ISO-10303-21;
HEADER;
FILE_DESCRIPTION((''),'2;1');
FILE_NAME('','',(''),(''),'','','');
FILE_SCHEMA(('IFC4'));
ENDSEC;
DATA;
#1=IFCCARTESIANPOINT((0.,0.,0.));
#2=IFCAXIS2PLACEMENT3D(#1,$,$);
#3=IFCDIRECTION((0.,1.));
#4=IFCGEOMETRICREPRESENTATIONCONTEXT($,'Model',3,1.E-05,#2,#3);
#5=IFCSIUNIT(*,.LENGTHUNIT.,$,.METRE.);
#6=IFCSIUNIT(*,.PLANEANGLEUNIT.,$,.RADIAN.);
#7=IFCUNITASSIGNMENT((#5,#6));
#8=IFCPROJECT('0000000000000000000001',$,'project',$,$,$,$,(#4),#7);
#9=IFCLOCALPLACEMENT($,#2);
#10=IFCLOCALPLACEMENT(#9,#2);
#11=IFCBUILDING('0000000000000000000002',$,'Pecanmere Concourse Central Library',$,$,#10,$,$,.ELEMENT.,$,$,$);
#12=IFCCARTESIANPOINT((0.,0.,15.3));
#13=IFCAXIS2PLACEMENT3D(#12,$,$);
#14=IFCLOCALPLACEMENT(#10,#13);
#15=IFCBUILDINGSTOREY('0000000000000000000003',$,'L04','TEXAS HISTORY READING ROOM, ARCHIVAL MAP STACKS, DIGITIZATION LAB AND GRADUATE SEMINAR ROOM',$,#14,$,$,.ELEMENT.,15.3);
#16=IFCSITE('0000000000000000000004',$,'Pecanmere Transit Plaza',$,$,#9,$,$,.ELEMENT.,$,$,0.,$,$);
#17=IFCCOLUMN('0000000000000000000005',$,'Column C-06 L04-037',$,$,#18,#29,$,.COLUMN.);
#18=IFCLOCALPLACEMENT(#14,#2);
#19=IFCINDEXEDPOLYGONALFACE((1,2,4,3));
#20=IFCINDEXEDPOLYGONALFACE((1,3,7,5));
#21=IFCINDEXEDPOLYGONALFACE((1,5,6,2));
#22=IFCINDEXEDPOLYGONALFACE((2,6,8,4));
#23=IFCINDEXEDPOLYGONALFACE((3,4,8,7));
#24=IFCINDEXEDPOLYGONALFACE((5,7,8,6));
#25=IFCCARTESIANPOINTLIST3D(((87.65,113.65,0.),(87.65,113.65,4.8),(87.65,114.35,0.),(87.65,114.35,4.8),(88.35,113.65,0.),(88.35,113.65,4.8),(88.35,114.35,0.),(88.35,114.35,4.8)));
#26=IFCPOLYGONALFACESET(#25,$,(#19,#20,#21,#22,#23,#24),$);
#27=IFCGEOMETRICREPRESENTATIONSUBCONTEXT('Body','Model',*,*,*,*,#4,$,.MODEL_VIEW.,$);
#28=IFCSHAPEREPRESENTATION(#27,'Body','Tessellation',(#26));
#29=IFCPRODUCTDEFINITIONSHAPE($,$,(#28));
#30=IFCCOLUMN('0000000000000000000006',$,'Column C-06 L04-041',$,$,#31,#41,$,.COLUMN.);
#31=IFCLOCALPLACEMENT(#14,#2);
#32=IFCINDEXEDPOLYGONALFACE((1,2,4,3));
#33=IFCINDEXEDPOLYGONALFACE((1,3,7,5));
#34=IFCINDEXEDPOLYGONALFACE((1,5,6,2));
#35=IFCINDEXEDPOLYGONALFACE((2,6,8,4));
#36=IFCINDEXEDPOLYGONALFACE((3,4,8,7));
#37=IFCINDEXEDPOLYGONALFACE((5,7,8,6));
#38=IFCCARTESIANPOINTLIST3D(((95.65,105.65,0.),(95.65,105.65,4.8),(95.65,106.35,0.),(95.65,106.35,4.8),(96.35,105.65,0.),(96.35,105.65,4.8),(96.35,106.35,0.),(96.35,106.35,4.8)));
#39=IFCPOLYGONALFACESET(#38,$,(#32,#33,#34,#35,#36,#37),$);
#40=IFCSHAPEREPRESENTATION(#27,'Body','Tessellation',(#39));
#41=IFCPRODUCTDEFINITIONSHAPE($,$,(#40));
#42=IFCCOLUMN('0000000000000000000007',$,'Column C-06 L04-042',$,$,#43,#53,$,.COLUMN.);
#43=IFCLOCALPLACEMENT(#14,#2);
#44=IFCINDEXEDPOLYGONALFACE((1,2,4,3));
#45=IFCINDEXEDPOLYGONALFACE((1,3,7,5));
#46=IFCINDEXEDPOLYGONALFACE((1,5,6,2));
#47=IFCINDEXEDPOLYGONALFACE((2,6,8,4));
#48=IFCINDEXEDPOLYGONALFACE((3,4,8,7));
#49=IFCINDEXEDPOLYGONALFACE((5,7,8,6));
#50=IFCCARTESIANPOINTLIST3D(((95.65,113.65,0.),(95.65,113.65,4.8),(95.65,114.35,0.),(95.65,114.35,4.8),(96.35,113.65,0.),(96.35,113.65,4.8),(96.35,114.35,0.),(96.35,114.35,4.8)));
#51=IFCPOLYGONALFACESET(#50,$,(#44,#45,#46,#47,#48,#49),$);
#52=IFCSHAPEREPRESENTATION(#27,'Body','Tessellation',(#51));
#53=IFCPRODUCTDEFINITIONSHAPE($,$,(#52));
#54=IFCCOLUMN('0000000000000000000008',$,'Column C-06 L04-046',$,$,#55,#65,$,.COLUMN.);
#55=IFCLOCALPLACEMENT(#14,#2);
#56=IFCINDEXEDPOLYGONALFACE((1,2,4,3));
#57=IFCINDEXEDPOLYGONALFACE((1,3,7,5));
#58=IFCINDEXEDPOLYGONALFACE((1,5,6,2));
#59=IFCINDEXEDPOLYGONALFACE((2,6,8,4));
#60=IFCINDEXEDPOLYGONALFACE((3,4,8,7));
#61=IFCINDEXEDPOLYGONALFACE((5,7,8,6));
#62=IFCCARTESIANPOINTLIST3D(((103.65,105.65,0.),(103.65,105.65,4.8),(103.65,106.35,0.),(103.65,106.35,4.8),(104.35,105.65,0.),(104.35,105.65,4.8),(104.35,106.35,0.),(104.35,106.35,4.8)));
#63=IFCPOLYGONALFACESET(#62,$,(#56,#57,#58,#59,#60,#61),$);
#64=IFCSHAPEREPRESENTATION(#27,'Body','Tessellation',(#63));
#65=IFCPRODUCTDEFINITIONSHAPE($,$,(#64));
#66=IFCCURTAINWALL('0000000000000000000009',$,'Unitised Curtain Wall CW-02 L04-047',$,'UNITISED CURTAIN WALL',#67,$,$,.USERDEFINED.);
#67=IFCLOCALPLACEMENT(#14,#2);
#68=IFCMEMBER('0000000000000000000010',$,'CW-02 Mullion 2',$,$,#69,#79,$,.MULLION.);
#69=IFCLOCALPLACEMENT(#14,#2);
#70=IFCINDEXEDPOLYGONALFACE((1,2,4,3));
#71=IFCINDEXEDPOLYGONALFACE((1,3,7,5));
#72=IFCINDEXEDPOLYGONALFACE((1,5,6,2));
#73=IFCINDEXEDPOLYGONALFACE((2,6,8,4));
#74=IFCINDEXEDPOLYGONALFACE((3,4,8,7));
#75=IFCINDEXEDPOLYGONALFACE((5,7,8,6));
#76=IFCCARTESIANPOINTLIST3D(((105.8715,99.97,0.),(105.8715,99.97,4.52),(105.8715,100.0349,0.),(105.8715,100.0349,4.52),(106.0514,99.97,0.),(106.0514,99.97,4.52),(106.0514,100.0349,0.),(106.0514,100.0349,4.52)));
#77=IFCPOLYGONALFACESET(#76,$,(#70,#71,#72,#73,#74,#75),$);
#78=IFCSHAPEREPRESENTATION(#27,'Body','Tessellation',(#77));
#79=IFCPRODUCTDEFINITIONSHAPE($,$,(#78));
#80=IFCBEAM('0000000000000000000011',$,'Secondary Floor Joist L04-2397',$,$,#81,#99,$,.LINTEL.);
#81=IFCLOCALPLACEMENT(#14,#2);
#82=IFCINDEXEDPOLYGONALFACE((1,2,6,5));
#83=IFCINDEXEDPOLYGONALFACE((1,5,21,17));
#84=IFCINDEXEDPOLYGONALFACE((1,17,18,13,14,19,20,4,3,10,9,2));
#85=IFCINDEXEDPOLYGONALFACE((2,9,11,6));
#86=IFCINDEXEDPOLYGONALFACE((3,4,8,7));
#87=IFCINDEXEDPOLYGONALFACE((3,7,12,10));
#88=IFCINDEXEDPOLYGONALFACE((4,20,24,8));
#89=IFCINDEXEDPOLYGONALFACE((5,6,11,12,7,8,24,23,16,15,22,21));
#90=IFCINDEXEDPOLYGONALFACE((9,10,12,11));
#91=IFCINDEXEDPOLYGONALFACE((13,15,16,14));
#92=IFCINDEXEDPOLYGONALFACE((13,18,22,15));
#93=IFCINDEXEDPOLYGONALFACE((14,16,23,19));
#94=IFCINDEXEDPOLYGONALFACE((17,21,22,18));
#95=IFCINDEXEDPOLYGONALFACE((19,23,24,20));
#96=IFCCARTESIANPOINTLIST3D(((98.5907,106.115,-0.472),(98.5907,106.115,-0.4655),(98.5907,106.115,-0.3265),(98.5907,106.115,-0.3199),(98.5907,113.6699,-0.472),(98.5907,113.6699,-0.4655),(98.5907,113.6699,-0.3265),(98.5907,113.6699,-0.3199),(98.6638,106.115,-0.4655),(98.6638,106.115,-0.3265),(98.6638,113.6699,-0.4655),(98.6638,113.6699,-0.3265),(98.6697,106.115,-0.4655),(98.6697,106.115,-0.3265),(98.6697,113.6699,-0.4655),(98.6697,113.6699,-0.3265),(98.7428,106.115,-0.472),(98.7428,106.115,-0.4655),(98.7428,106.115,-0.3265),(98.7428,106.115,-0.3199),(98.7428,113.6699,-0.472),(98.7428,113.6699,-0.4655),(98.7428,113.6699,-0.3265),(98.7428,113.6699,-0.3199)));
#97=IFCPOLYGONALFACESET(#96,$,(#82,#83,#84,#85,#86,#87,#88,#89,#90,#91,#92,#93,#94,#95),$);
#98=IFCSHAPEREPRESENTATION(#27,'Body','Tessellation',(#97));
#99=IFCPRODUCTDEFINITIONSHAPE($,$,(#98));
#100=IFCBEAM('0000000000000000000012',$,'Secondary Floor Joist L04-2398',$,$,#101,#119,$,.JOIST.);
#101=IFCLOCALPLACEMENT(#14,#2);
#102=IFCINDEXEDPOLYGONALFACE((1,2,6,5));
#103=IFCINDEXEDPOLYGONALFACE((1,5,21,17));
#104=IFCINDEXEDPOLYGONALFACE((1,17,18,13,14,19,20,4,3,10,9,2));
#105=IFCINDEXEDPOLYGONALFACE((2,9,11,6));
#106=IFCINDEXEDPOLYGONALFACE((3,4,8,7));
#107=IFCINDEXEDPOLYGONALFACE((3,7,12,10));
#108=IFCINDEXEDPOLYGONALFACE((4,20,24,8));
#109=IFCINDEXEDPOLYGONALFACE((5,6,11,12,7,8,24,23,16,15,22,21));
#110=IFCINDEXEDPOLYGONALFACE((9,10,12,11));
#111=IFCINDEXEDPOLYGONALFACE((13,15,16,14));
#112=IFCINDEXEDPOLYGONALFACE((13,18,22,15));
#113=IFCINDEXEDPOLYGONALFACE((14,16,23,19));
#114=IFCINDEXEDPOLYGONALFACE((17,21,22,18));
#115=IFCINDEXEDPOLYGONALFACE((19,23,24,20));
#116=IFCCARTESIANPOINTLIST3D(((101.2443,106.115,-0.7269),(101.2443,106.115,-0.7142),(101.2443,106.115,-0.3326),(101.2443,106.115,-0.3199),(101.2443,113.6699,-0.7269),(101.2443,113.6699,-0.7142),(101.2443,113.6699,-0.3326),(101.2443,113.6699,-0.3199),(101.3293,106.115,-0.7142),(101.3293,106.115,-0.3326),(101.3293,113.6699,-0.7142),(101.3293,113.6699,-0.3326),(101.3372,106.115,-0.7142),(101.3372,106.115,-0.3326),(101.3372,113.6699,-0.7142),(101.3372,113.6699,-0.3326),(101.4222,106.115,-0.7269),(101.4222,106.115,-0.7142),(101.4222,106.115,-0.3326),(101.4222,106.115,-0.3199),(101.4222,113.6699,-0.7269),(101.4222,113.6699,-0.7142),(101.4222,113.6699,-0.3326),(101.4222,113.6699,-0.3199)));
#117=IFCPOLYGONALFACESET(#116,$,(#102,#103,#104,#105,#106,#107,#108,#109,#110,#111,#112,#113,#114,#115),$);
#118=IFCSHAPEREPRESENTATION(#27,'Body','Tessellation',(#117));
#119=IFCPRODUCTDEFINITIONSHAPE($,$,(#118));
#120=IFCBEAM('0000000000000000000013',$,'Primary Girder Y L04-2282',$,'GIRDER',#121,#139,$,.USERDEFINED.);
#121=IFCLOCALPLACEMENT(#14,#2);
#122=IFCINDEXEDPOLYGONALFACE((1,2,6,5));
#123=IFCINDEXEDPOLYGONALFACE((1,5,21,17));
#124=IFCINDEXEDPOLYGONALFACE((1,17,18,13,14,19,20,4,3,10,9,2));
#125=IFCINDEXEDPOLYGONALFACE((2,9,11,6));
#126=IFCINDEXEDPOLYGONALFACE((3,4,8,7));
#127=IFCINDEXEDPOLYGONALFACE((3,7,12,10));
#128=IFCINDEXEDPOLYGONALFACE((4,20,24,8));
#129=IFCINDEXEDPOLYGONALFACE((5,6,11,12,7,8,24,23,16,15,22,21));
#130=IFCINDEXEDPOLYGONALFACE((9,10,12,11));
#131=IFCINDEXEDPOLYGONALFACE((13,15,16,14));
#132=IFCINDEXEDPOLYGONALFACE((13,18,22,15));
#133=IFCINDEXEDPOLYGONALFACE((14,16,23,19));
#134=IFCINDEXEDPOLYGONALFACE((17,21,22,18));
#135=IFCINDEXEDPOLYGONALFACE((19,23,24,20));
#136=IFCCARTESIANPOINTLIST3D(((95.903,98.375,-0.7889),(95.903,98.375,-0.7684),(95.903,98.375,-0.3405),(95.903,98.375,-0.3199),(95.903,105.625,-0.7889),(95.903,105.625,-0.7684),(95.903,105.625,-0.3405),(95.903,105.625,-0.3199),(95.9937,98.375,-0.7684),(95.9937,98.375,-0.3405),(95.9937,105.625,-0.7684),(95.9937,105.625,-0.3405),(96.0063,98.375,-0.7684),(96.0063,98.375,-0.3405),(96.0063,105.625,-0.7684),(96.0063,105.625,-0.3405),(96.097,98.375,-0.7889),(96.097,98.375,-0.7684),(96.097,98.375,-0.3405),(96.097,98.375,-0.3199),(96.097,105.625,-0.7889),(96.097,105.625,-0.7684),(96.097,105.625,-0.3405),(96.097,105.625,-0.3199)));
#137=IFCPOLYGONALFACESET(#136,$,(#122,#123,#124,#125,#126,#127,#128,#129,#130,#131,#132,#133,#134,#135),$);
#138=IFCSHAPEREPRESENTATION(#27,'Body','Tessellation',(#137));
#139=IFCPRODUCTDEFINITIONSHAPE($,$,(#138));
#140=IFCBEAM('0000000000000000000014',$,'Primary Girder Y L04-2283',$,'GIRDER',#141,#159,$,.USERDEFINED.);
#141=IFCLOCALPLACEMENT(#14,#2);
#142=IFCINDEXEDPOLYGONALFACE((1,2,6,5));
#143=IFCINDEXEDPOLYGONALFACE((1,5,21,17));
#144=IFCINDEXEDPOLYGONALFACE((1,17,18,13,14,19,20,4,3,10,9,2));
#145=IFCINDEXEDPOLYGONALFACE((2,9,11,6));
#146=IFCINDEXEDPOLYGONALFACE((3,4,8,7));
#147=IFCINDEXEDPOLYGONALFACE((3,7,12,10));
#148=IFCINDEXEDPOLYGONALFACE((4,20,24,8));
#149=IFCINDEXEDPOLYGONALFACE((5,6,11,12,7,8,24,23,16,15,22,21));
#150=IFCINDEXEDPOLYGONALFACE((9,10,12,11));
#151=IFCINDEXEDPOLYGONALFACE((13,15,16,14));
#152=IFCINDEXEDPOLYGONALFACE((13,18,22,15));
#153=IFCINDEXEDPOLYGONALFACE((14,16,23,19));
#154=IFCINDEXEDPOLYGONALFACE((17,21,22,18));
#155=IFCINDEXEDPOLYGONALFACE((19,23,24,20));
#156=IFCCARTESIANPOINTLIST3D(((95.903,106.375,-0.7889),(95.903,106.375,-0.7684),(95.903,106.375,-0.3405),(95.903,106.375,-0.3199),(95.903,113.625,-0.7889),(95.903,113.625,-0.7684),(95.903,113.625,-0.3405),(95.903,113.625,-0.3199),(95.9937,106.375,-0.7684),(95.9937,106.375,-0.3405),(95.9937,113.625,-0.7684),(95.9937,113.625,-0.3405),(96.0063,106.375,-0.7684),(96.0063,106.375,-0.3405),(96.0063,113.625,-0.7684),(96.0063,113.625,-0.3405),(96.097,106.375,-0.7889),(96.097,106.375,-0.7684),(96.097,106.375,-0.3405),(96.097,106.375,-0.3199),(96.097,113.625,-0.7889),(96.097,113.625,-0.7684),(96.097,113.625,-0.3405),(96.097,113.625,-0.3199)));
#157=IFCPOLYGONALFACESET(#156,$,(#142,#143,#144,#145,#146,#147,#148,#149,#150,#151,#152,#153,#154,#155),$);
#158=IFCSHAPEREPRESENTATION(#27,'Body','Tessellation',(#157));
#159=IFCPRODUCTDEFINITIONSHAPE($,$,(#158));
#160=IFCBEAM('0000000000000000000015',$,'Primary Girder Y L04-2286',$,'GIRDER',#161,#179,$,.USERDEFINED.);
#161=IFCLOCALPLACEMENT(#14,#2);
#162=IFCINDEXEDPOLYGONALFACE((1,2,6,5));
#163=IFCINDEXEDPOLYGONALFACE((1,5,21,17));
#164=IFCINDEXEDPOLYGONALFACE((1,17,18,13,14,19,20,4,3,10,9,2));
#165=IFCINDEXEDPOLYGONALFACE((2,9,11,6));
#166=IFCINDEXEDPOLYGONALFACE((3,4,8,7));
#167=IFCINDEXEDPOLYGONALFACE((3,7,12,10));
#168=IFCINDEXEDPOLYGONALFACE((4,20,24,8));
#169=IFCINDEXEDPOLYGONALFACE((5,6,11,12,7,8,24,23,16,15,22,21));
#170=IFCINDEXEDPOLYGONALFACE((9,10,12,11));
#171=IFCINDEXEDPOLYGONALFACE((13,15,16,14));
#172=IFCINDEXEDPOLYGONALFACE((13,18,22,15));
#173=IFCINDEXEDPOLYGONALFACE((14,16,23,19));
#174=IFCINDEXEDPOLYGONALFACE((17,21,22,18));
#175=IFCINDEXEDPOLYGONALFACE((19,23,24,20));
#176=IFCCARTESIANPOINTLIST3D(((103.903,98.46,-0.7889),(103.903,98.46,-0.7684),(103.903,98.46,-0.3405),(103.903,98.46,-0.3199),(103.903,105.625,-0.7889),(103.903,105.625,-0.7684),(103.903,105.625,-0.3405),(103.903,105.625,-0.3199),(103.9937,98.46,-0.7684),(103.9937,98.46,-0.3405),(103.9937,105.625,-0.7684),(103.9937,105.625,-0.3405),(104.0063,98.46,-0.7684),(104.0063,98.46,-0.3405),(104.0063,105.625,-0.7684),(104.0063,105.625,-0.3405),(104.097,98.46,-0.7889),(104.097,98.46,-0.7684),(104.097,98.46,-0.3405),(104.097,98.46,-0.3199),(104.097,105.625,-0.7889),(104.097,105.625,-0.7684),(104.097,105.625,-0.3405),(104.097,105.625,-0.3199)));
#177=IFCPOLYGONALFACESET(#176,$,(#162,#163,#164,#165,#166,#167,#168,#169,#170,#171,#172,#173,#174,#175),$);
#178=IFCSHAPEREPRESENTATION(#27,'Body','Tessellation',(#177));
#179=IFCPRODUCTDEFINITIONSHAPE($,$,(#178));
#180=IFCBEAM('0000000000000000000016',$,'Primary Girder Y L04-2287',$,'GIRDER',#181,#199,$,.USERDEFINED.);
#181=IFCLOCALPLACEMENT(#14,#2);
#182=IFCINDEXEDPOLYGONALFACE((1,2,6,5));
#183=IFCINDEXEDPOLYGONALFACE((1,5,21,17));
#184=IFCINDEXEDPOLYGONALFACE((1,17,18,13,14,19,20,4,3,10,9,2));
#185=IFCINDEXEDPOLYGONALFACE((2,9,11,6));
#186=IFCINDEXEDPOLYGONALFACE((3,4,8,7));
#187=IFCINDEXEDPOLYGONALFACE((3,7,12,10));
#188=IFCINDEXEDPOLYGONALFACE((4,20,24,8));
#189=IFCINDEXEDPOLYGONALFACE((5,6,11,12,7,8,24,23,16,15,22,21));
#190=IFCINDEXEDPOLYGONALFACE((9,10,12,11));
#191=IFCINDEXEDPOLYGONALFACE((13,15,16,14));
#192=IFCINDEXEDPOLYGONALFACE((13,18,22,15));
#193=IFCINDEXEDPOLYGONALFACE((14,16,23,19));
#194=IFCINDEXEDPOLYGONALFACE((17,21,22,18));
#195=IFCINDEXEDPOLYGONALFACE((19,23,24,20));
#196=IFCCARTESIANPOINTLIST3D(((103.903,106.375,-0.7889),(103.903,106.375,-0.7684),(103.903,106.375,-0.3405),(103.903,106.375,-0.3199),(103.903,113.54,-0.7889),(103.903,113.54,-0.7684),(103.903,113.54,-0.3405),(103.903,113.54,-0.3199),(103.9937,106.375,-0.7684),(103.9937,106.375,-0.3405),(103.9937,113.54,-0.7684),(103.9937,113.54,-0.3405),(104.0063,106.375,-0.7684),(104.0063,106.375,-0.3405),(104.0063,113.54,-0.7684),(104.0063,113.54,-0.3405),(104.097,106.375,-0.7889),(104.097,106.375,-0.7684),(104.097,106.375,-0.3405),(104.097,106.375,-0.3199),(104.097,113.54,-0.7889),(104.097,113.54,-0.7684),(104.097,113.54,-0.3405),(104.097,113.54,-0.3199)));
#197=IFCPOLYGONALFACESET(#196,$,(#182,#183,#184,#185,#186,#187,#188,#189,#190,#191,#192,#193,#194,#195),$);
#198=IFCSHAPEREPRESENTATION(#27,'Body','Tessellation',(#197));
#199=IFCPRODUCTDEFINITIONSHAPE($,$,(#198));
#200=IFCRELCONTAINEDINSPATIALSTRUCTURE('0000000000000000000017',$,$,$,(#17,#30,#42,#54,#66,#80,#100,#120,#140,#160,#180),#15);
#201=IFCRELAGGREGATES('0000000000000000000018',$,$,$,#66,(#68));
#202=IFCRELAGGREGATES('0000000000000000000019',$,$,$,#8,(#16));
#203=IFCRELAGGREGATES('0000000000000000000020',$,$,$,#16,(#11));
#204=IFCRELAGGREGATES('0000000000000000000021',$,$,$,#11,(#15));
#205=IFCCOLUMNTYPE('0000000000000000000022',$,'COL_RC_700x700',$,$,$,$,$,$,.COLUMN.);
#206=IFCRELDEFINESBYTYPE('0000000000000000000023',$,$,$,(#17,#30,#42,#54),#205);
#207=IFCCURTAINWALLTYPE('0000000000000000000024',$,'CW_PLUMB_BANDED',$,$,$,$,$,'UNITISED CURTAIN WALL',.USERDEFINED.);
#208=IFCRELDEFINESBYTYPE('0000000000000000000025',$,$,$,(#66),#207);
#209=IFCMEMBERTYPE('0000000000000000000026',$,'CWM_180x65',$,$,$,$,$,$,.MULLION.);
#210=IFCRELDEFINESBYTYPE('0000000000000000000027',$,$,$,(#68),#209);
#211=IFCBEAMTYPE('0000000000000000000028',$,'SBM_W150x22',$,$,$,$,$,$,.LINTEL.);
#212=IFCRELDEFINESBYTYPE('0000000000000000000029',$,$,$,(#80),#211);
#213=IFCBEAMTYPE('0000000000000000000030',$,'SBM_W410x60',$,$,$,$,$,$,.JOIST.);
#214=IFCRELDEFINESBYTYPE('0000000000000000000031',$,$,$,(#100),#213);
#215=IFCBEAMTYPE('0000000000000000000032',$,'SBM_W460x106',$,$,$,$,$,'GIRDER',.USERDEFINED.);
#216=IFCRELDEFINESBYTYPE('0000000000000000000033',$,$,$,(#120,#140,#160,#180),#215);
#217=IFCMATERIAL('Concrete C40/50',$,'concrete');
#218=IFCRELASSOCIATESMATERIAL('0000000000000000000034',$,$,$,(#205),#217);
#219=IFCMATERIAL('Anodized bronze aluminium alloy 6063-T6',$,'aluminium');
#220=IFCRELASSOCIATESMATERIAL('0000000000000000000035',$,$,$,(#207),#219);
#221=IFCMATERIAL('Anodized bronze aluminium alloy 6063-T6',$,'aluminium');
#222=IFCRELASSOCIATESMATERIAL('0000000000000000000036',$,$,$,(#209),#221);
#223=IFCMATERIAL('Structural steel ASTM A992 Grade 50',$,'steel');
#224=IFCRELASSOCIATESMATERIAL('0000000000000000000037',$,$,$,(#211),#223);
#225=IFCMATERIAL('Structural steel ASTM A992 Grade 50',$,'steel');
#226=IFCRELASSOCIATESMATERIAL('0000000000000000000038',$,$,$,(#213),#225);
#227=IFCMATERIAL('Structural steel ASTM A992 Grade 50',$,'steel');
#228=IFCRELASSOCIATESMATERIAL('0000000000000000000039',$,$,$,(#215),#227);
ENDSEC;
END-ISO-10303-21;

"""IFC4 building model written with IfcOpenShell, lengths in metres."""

from ifc_helpers import new_model, si_unit, direction, frame, origin, origin_2d, place, context, subcontext, project, spatial, rectangle, i_section, extrude, material, material_profile, profile_set, type_object, element, aggregate, save


model = new_model("IFC4")

# Units and contexts
model_context = context("Model", 3, precision=1e-05, world=origin(), true_north=direction((0.0, 1.0)))
body_context = subcontext(model_context, "Body", "Model", "MODEL_VIEW")
ifc_project = project(units=[si_unit("LENGTHUNIT", "METRE"), si_unit("PLANEANGLEUNIT", "RADIAN")], contexts=[model_context])

# Site, building, storey
site_placement = place(None, origin())
site = spatial("IfcSite", under=ifc_project, at=site_placement, Name="Pecanmere Transit Plaza", CompositionType="ELEMENT", RefElevation=0.0)
building_placement = place(site_placement, origin())
building = spatial("IfcBuilding", under=site, at=building_placement, Name="Pecanmere Concourse Central Library", CompositionType="ELEMENT")
storey_placement = place(building_placement, frame((0.0, 0.0, 15.3)))
storey = spatial("IfcBuildingStorey", under=building, at=storey_placement, Name="L04", Description="TEXAS HISTORY READING ROOM, ARCHIVAL MAP STACKS, DIGITIZATION LAB AND GRADUATE SEMINAR ROOM", CompositionType="ELEMENT", Elevation=15.3)

# Columns
ifc_material_1 = material(Name="Concrete C40/50", Category="concrete")
ifc_material_profile_1 = material_profile(ifc_material_1, rectangle(XDim=0.7, YDim=0.7, at=origin_2d()), Name="RC 700x700")
ifc_profile_set_1 = profile_set([ifc_material_profile_1], Name="Concrete C40/50")
column_type = type_object("IfcColumnType", Name="COL_RC_700x700", PredefinedType="COLUMN", material=ifc_profile_set_1)
for number, where, z_axis, x_axis, name in (
    (1, (88.0, 114.0, 0.0), (0.0, 0.0, 1.0), (1.0, 0.0, 0.0), "Column C-06 L04-037"),
    (2, (96.0, 106.0, 0.0), (0.0, 0.0, 1.0), (1.0, 0.0, 0.0), "Column C-06 L04-041"),
    (3, (96.0, 114.0, 0.0), (0.0, 0.0, 1.0), (1.0, 0.0, 0.0), "Column C-06 L04-042"),
    (4, (104.0, 106.0, 0.0), (0.0, 0.0, 1.0), (1.0, 0.0, 0.0), "Column C-06 L04-046"),
):
    element("IfcColumn", number, at=place(storey_placement, frame(where, z_axis=z_axis, x_axis=x_axis)), inside=storey, type_object=column_type, Name=name, PredefinedType="COLUMN", context=body_context, shape_type="SweptSolid", body=[
        extrude(rectangle(XDim=0.7, YDim=0.7, at=origin_2d()), origin(), (0.0, 0.0, 1.0), 4.8),
    ])

# Curtain wall, member
ifc_material_2 = material(Name="Anodized bronze aluminium alloy 6063-T6", Category="aluminium")
curtain_wall_type = type_object("IfcCurtainWallType", Name="CW_PLUMB_BANDED", ElementType="UNITISED CURTAIN WALL", PredefinedType="USERDEFINED", material=ifc_material_2)
curtain_wall_placement = place(storey_placement, origin())
curtain_wall = element("IfcCurtainWall", 5, at=curtain_wall_placement, inside=storey, type_object=curtain_wall_type, Name="Unitised Curtain Wall CW-02 L04-047", ObjectType="UNITISED CURTAIN WALL", PredefinedType="USERDEFINED")
ifc_material_3 = material(Name="Anodized bronze aluminium alloy 6063-T6", Category="aluminium")
ifc_material_profile_2 = material_profile(ifc_material_3, rectangle(XDim=0.0649, YDim=0.1799, at=origin_2d()), Name="AL 65x180")
ifc_profile_set_2 = profile_set([ifc_material_profile_2], Name="Anodized bronze aluminium alloy 6063-T6")
member_type = type_object("IfcMemberType", Name="CWM_180x65", PredefinedType="MULLION", material=ifc_profile_set_2)
member_placement = place(storey_placement, frame((105.9614, 100.0024, 0.0), z_axis=(0.0, 0.0, 1.0), x_axis=(0.0, 1.0, 0.0)))
member = element("IfcMember", 6, at=member_placement, type_object=member_type, Name="CW-02 Mullion 2", PredefinedType="MULLION", context=body_context, shape_type="SweptSolid", body=[
    extrude(rectangle(XDim=0.0649, YDim=0.1799, at=origin_2d()), origin(), (0.0, 0.0, 1.0), 4.52),
])

# Beams
ifc_material_4 = material(Name="Structural steel ASTM A992 Grade 50", Category="steel")
ifc_material_profile_3 = material_profile(ifc_material_4, i_section(OverallWidth=0.1521, OverallDepth=0.1521, WebThickness=0.0059, FlangeThickness=0.0066, at=origin_2d()), Name="W150x22.5")
ifc_profile_set_3 = profile_set([ifc_material_profile_3], Name="Structural steel ASTM A992 Grade 50")
beam_type_1 = type_object("IfcBeamType", Name="SBM_W150x22", PredefinedType="LINTEL", material=ifc_profile_set_3)
beam_1_placement = place(storey_placement, frame((98.6667, 106.115, -0.396), z_axis=(0.0, 1.0, 0.0), x_axis=(-1.0, 0.0, 0.0)))
element("IfcBeam", 7, at=beam_1_placement, inside=storey, type_object=beam_type_1, Name="Secondary Floor Joist L04-2397", PredefinedType="LINTEL", context=body_context, shape_type="SweptSolid", body=[
    extrude(i_section(OverallWidth=0.1521, OverallDepth=0.1521, WebThickness=0.0059, FlangeThickness=0.0066, at=origin_2d()), origin(), (0.0, 0.0, 1.0), 7.5549),
])
ifc_material_5 = material(Name="Structural steel ASTM A992 Grade 50", Category="steel")
ifc_material_profile_4 = material_profile(ifc_material_5, i_section(OverallWidth=0.178, OverallDepth=0.407, WebThickness=0.0078, FlangeThickness=0.0127, at=origin_2d()), Name="W410x60")
ifc_profile_set_4 = profile_set([ifc_material_profile_4], Name="Structural steel ASTM A992 Grade 50")
beam_type_2 = type_object("IfcBeamType", Name="SBM_W410x60", PredefinedType="JOIST", material=ifc_profile_set_4)
beam_2_placement = place(storey_placement, frame((101.3333, 106.115, -0.5234), z_axis=(0.0, 1.0, 0.0), x_axis=(-1.0, 0.0, 0.0)))
element("IfcBeam", 8, at=beam_2_placement, inside=storey, type_object=beam_type_2, Name="Secondary Floor Joist L04-2398", PredefinedType="JOIST", context=body_context, shape_type="SweptSolid", body=[
    extrude(i_section(OverallWidth=0.178, OverallDepth=0.407, WebThickness=0.0078, FlangeThickness=0.0127, at=origin_2d()), origin(), (0.0, 0.0, 1.0), 7.5549),
])
ifc_material_6 = material(Name="Structural steel ASTM A992 Grade 50", Category="steel")
ifc_material_profile_5 = material_profile(ifc_material_6, i_section(OverallWidth=0.1941, OverallDepth=0.469, WebThickness=0.0127, FlangeThickness=0.0205, at=origin_2d()), Name="W460x106")
ifc_profile_set_5 = profile_set([ifc_material_profile_5], Name="Structural steel ASTM A992 Grade 50")
beam_type_3 = type_object("IfcBeamType", Name="SBM_W460x106", ElementType="GIRDER", PredefinedType="USERDEFINED", material=ifc_profile_set_5)
for number, where, z_axis, x_axis, name in (
    (9, (96.0, 98.375, -0.5544), (0.0, 1.0, 0.0), (-1.0, 0.0, 0.0), "Primary Girder Y L04-2282"),
    (10, (96.0, 106.375, -0.5544), (0.0, 1.0, 0.0), (-1.0, 0.0, 0.0), "Primary Girder Y L04-2283"),
):
    element("IfcBeam", number, at=place(storey_placement, frame(where, z_axis=z_axis, x_axis=x_axis)), inside=storey, type_object=beam_type_3, Name=name, ObjectType="GIRDER", PredefinedType="USERDEFINED", context=body_context, shape_type="SweptSolid", body=[
        extrude(i_section(OverallWidth=0.1941, OverallDepth=0.469, WebThickness=0.0127, FlangeThickness=0.0205, at=origin_2d()), origin(), (0.0, 0.0, 1.0), 7.25),
    ])
for number, where, z_axis, x_axis, name in (
    (11, (104.0, 98.46, -0.5544), (0.0, 1.0, 0.0), (-1.0, 0.0, 0.0), "Primary Girder Y L04-2286"),
    (12, (104.0, 106.375, -0.5544), (0.0, 1.0, 0.0), (-1.0, 0.0, 0.0), "Primary Girder Y L04-2287"),
):
    element("IfcBeam", number, at=place(storey_placement, frame(where, z_axis=z_axis, x_axis=x_axis)), inside=storey, type_object=beam_type_3, Name=name, ObjectType="GIRDER", PredefinedType="USERDEFINED", context=body_context, shape_type="SweptSolid", body=[
        extrude(i_section(OverallWidth=0.1941, OverallDepth=0.469, WebThickness=0.0127, FlangeThickness=0.0205, at=origin_2d()), origin(), (0.0, 0.0, 1.0), 7.165),
    ])

aggregate(curtain_wall, [member])

save(model, "model.ifc")
